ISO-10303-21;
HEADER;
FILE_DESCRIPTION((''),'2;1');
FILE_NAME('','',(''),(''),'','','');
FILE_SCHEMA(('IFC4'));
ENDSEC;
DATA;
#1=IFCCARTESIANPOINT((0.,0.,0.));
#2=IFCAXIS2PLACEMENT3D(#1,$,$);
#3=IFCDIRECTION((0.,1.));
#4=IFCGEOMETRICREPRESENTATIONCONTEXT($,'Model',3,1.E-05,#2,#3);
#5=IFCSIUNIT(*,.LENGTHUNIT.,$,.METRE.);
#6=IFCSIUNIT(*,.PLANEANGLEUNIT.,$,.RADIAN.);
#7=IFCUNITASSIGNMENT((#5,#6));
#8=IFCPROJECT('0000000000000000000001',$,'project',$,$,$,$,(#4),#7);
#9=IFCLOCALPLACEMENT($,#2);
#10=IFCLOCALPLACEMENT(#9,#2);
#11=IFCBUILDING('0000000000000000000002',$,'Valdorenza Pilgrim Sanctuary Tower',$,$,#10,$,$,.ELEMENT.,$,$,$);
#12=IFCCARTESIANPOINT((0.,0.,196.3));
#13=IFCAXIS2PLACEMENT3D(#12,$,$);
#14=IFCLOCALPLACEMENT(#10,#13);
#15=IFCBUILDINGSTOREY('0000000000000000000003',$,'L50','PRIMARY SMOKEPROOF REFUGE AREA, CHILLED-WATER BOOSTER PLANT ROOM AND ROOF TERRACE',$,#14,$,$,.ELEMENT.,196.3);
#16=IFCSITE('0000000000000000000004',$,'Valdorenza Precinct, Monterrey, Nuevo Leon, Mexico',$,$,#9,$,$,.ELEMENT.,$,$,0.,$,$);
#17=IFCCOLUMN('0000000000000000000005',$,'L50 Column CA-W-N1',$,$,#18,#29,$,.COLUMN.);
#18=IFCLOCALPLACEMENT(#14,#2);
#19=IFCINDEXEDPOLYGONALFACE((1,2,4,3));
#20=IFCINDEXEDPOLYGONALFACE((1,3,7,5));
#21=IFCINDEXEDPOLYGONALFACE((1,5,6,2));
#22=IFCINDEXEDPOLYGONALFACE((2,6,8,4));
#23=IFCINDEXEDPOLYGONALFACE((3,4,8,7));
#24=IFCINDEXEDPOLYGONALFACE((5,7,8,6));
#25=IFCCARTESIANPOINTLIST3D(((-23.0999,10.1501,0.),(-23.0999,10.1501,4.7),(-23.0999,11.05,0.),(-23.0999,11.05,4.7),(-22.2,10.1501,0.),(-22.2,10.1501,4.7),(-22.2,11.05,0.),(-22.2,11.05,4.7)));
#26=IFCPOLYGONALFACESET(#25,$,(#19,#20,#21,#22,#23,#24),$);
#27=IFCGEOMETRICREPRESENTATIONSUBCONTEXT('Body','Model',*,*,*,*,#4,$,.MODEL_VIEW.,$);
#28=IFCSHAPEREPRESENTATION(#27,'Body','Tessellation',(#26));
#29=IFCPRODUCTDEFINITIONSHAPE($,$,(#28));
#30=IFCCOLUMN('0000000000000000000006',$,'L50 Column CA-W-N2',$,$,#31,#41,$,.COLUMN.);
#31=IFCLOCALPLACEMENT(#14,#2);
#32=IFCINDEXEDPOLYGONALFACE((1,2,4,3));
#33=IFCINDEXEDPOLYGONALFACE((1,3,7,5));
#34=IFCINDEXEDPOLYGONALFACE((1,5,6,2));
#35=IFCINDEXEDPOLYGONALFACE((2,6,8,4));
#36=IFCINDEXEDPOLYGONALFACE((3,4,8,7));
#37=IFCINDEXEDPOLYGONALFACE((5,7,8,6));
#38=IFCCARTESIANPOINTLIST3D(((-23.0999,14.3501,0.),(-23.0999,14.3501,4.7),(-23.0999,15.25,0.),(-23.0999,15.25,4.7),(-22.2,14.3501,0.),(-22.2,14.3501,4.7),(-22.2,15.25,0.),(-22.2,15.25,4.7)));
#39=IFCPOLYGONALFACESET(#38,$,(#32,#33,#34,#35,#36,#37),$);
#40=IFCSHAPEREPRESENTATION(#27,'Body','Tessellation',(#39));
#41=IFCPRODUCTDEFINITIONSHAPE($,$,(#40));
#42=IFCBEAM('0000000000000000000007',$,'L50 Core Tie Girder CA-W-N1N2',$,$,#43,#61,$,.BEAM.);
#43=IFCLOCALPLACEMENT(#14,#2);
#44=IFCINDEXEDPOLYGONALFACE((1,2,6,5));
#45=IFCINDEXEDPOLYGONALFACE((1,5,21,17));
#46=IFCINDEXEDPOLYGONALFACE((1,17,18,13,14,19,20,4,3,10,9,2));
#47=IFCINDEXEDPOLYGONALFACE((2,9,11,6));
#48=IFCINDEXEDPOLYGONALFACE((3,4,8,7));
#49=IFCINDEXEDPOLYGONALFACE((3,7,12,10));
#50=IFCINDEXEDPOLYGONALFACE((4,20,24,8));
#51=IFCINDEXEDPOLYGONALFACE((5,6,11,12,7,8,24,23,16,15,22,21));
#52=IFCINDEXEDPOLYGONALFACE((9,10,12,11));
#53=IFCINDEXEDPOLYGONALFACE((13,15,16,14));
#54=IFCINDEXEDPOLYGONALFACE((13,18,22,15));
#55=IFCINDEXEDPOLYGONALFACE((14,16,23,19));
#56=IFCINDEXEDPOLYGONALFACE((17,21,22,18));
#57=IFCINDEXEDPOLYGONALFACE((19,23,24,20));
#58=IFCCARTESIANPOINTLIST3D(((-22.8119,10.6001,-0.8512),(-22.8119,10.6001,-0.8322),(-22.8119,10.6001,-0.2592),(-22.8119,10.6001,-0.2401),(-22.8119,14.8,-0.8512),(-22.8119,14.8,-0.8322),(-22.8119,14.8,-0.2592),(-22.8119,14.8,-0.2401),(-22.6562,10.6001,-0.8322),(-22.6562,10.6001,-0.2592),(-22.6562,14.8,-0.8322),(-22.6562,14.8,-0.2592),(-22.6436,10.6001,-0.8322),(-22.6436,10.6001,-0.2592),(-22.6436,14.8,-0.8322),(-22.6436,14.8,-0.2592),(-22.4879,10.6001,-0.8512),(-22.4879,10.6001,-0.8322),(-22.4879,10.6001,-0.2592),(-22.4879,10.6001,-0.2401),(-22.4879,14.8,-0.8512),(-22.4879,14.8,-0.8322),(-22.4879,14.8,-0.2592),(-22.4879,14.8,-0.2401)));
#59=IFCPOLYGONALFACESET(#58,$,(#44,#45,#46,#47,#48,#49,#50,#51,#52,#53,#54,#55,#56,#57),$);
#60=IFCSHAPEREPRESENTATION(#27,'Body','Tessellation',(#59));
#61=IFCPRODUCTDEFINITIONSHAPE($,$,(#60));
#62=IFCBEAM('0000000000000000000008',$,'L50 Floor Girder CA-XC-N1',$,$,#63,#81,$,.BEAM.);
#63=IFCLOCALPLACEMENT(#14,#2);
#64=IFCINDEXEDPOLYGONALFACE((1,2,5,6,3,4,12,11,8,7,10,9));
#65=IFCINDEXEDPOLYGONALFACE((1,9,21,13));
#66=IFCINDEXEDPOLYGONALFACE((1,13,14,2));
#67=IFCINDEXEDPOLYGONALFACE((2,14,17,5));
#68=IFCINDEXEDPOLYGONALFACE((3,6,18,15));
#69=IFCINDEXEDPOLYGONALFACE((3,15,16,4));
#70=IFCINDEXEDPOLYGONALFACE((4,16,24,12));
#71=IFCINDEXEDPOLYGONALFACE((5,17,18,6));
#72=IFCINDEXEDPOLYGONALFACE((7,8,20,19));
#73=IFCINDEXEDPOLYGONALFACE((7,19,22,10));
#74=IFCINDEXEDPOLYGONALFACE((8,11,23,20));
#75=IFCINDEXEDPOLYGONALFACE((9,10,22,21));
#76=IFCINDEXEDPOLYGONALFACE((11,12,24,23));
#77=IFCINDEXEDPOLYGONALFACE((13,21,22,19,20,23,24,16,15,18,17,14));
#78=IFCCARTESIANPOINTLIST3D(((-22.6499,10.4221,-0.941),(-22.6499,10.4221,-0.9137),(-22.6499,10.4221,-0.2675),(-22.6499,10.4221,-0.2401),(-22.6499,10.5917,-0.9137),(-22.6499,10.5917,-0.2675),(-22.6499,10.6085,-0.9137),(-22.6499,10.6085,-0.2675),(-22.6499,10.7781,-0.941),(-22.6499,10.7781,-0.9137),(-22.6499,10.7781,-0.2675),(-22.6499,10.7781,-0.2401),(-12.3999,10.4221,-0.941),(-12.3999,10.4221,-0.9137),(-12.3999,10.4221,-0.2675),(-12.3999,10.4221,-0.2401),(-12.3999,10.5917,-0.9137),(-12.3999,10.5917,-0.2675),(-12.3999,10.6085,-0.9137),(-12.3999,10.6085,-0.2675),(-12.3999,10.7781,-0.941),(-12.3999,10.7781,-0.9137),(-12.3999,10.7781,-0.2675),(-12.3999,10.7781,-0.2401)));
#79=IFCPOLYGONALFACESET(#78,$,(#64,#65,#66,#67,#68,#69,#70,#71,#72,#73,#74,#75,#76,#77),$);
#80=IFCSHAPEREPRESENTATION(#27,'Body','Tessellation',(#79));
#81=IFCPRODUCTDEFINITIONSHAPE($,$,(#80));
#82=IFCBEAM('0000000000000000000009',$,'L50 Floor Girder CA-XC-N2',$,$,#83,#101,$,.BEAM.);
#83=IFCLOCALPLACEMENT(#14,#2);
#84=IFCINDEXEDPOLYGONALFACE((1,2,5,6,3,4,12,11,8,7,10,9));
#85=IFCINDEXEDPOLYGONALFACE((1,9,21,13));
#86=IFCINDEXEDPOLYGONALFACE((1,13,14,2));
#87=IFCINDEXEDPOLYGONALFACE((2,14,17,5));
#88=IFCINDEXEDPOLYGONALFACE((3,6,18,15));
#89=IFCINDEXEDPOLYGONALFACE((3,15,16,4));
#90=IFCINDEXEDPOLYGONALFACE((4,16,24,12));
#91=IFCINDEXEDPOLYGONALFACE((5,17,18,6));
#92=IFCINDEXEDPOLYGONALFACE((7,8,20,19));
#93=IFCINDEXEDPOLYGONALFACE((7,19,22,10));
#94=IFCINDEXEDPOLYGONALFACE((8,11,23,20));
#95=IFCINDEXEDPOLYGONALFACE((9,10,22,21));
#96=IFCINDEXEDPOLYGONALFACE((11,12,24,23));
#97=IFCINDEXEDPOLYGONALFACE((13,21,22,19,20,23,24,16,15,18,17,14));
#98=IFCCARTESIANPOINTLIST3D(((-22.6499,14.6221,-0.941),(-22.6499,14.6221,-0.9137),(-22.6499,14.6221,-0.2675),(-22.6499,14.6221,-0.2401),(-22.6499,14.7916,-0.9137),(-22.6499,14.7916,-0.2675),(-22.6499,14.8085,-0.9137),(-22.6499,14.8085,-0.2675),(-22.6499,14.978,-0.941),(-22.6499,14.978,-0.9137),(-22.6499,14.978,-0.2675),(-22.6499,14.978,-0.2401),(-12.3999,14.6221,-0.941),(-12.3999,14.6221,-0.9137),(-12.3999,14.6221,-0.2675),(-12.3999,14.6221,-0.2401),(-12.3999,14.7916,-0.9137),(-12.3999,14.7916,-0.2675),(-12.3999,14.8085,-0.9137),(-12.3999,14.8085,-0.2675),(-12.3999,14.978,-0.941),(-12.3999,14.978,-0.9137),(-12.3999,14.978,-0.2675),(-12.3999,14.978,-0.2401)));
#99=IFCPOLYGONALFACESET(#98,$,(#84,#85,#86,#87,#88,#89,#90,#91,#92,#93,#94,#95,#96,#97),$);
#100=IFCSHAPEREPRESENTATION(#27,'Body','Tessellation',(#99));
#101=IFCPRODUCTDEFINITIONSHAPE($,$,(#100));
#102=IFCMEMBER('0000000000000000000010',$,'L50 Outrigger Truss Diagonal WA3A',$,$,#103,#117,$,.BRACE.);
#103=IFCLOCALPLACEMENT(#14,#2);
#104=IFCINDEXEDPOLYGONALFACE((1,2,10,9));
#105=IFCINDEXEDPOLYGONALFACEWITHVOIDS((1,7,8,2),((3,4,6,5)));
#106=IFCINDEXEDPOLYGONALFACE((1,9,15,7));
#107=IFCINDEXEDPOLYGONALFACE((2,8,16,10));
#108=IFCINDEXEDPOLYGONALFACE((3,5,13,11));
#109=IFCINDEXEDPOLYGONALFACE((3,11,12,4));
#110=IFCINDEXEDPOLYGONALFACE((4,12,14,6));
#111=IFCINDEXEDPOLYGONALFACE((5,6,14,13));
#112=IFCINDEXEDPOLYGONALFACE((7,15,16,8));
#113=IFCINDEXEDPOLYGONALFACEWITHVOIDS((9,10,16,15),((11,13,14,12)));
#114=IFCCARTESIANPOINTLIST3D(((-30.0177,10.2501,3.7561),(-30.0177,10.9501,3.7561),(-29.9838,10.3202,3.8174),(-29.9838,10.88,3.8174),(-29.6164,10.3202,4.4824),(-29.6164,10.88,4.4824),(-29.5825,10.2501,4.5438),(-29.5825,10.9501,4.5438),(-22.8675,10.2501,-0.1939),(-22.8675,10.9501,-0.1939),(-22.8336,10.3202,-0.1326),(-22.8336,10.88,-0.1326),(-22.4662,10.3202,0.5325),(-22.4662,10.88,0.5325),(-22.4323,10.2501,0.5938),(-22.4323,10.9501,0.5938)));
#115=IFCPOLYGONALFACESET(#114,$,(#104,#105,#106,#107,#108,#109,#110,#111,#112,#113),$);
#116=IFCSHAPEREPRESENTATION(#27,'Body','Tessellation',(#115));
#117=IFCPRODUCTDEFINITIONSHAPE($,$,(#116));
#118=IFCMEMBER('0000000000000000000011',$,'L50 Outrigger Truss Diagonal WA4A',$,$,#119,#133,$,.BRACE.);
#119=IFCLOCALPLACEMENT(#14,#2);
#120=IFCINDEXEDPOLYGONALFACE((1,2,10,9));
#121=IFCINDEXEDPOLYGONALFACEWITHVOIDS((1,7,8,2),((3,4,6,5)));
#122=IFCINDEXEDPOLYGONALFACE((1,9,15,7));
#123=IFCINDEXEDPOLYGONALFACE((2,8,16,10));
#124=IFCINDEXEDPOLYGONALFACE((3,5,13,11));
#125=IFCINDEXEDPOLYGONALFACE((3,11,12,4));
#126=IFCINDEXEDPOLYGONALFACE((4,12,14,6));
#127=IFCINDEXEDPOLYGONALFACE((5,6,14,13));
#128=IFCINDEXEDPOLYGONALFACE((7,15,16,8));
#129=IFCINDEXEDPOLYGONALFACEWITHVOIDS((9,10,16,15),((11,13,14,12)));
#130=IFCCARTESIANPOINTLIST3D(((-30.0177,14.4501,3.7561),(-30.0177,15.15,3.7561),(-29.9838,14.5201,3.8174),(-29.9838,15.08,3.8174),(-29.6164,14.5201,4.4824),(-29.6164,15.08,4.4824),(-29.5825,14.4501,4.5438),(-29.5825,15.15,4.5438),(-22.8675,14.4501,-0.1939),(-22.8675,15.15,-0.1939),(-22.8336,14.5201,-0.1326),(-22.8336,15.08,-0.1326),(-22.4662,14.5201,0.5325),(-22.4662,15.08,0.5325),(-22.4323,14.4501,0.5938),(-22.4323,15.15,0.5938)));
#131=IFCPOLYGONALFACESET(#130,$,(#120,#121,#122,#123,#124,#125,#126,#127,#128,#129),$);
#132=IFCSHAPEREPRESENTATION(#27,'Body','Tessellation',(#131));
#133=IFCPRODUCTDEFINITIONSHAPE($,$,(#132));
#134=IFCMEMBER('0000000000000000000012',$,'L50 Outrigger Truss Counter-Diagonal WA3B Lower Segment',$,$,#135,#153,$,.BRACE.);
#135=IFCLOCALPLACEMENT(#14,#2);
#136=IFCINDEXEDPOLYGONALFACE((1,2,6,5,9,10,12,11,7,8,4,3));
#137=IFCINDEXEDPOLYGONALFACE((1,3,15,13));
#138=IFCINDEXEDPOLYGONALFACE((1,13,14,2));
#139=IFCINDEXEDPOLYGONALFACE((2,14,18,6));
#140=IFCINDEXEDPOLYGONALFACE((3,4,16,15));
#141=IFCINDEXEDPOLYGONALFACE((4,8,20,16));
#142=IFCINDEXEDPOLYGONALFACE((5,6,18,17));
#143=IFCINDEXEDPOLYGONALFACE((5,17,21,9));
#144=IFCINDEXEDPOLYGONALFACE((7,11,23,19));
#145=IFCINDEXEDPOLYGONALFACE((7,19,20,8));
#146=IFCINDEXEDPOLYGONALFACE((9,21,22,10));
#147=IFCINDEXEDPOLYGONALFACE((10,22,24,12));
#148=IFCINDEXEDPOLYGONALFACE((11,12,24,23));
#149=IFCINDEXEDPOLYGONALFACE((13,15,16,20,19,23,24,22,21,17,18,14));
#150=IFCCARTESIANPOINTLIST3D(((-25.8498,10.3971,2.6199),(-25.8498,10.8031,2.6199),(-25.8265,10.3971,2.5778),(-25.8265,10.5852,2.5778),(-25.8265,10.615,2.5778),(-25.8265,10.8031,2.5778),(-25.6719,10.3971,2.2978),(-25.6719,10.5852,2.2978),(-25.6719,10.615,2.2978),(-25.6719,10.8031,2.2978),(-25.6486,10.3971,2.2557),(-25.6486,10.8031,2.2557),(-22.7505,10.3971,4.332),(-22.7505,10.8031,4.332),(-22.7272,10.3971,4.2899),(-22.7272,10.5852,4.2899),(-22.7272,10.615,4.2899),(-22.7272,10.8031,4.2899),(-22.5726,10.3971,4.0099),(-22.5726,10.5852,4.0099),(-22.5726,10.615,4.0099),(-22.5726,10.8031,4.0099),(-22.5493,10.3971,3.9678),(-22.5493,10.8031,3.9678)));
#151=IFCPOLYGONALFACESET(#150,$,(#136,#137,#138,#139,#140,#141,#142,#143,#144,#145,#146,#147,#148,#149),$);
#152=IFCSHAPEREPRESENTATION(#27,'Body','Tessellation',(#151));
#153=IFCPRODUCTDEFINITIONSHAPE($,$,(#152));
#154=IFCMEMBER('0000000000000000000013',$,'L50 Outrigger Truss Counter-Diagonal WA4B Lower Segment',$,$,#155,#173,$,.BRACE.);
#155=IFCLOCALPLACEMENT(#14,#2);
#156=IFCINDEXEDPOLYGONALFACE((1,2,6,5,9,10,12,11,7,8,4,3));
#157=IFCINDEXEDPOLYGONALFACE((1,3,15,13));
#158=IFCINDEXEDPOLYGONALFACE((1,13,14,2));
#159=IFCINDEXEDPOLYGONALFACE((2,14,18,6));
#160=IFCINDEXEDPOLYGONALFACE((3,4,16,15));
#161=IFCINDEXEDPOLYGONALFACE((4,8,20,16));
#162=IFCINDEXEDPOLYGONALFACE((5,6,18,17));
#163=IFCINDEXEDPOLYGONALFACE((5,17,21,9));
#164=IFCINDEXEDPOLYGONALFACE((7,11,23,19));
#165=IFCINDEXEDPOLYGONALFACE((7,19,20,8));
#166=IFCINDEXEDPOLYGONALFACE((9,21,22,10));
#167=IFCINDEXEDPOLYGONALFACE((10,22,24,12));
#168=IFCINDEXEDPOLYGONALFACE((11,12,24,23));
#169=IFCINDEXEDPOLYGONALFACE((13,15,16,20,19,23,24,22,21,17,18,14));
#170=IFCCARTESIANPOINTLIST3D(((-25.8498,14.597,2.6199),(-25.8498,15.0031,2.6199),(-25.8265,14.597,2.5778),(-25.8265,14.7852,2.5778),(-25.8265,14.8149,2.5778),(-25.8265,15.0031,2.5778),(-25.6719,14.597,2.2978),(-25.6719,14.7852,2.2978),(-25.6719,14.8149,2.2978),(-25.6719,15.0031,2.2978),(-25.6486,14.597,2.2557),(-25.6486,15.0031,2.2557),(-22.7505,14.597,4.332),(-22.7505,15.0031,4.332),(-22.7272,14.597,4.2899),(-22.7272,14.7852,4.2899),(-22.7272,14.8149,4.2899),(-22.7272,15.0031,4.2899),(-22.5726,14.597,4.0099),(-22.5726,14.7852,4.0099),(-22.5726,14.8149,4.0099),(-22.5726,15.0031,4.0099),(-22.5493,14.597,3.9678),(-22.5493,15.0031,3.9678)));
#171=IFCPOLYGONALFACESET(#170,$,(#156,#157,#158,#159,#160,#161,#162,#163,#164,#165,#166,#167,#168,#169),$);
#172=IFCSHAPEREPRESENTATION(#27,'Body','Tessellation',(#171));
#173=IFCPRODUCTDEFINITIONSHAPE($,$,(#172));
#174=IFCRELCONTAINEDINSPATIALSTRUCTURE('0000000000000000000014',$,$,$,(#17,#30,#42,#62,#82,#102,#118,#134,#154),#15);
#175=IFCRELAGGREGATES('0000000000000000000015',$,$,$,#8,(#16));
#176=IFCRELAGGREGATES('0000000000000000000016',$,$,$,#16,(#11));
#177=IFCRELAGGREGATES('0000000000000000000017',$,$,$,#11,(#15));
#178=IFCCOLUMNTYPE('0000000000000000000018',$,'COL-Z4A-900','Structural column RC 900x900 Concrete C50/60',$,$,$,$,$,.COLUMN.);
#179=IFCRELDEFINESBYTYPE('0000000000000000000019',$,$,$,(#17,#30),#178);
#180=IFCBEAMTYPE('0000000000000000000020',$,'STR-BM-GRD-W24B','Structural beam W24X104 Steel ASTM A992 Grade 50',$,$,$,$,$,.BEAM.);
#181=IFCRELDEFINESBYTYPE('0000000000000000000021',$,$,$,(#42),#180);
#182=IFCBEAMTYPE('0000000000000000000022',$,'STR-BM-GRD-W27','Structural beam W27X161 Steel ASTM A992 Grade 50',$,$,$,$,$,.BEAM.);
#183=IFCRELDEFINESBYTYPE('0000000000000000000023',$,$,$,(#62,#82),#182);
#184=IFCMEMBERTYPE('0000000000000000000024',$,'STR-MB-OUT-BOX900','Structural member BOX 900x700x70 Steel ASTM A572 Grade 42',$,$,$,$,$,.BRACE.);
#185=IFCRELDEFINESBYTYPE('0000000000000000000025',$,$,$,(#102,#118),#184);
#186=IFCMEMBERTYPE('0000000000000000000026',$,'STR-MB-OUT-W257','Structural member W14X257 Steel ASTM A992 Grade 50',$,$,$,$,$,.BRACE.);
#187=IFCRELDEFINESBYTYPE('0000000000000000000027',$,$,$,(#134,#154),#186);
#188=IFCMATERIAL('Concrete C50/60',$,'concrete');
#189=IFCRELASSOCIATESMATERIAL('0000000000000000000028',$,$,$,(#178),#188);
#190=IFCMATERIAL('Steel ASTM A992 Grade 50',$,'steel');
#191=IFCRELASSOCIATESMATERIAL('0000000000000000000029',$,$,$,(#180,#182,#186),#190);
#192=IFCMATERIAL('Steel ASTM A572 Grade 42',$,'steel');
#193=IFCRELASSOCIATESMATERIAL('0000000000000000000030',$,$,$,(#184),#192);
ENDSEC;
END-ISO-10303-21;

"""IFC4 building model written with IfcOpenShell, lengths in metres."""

from ifc_helpers import new_model, si_unit, direction, frame, origin, origin_2d, place, context, subcontext, project, spatial, rectangle, hollow_rectangle, i_section, extrude, source, transform, mapped, material, material_profile, profile_set, type_object, element, save


model = new_model("IFC4")

# Units and contexts
model_context = context("Model", 3, precision=1e-05, world=origin(), true_north=direction((0.0, 1.0)))
body_context = subcontext(model_context, "Body", "Model", "MODEL_VIEW")
ifc_project = project(units=[si_unit("LENGTHUNIT", "METRE"), si_unit("PLANEANGLEUNIT", "RADIAN")], contexts=[model_context])

# Site, building, storey
site_placement = place(None, origin())
site = spatial("IfcSite", under=ifc_project, at=site_placement, Name="Valdorenza Precinct, Monterrey, Nuevo Leon, Mexico", CompositionType="ELEMENT", RefElevation=0.0)
building_placement = place(site_placement, origin())
building = spatial("IfcBuilding", under=site, at=building_placement, Name="Valdorenza Pilgrim Sanctuary Tower", CompositionType="ELEMENT")
storey_placement = place(building_placement, frame((0.0, 0.0, 196.3)))
storey = spatial("IfcBuildingStorey", under=building, at=storey_placement, Name="L50", Description="PRIMARY SMOKEPROOF REFUGE AREA, CHILLED-WATER BOOSTER PLANT ROOM AND ROOF TERRACE", CompositionType="ELEMENT", Elevation=196.3)

# Columns
ifc_material_1 = material(Name="Concrete C50/60", Category="concrete")
ifc_material_profile_1 = material_profile(ifc_material_1, rectangle(XDim=0.8999, YDim=0.8999, at=origin_2d()), Name="RC 900x900")
ifc_profile_set_1 = profile_set([ifc_material_profile_1], Name="Concrete C50/60")
column_type = type_object("IfcColumnType", Name="COL-Z4A-900", Description="Structural column RC 900x900 Concrete C50/60", PredefinedType="COLUMN", material=ifc_profile_set_1)
shared_shape_1 = source(origin(), body_context, "Body", "SweptSolid", [
    extrude(rectangle(XDim=0.8999, YDim=0.8999, at=origin_2d()), origin(), (0.0, 0.0, 1.0), 4.7),
])
for number, where, z_axis, x_axis, name in (
    (1, (-22.6499, 10.6001, 0.0), (0.0, 0.0, 1.0), (1.0, 0.0, 0.0), "L50 Column CA-W-N1"),
    (2, (-22.6499, 14.8, 0.0), (0.0, 0.0, 1.0), (1.0, 0.0, 0.0), "L50 Column CA-W-N2"),
):
    element("IfcColumn", number, at=place(storey_placement, frame(where, z_axis=z_axis, x_axis=x_axis)), inside=storey, type_object=column_type, Name=name, PredefinedType="COLUMN", context=body_context, shape_type="MappedRepresentation", body=[
        mapped(shared_shape_1, transform((0.0, 0.0, 0.0), x_axis=(1.0, 0.0, 0.0), y_axis=(0.0, 1.0, 0.0), z_axis=(0.0, 0.0, 1.0), scale=1.0)),
    ])

# Beams
ifc_material_2 = material(Name="Steel ASTM A992 Grade 50", Category="steel")
ifc_material_profile_2 = material_profile(ifc_material_2, i_section(OverallWidth=0.324, OverallDepth=0.6111, WebThickness=0.0127, FlangeThickness=0.019, at=origin_2d()), Name="W24X104")
ifc_profile_set_2 = profile_set([ifc_material_profile_2], Name="Steel ASTM A992 Grade 50")
beam_type_1 = type_object("IfcBeamType", Name="STR-BM-GRD-W24B", Description="Structural beam W24X104 Steel ASTM A992 Grade 50", PredefinedType="BEAM", material=ifc_profile_set_2)
shared_shape_2 = source(origin(), body_context, "Body", "SweptSolid", [
    extrude(i_section(OverallWidth=0.324, OverallDepth=0.6111, WebThickness=0.0127, FlangeThickness=0.019, at=origin_2d()), origin(), (0.0, 0.0, 1.0), 4.2),
])
beam_placement = place(storey_placement, frame((-22.6499, 10.6001, -0.5457), z_axis=(0.0, 1.0, 0.0), x_axis=(-1.0, 0.0, 0.0)))
element("IfcBeam", 3, at=beam_placement, inside=storey, type_object=beam_type_1, Name="L50 Core Tie Girder CA-W-N1N2", PredefinedType="BEAM", context=body_context, shape_type="MappedRepresentation", body=[
    mapped(shared_shape_2, transform((0.0, 0.0, 0.0), x_axis=(1.0, 0.0, 0.0), y_axis=(0.0, 1.0, 0.0), z_axis=(0.0, 0.0, 1.0), scale=1.0)),
])
ifc_material_profile_3 = material_profile(ifc_material_2, i_section(OverallWidth=0.356, OverallDepth=0.7009, WebThickness=0.0168, FlangeThickness=0.0273, at=origin_2d()), Name="W27X161")
ifc_profile_set_3 = profile_set([ifc_material_profile_3], Name="Steel ASTM A992 Grade 50")
beam_type_2 = type_object("IfcBeamType", Name="STR-BM-GRD-W27", Description="Structural beam W27X161 Steel ASTM A992 Grade 50", PredefinedType="BEAM", material=ifc_profile_set_3)
shared_shape_3 = source(origin(), body_context, "Body", "SweptSolid", [
    extrude(i_section(OverallWidth=0.356, OverallDepth=0.7009, WebThickness=0.0168, FlangeThickness=0.0273, at=origin_2d()), origin(), (0.0, 0.0, 1.0), 10.25),
])
for number, where, z_axis, x_axis, name in (
    (4, (-22.6499, 10.6001, -0.5906), (1.0, 0.0, 0.0), (0.0, 1.0, 0.0), "L50 Floor Girder CA-XC-N1"),
    (5, (-22.6499, 14.8, -0.5906), (1.0, 0.0, 0.0), (0.0, 1.0, 0.0), "L50 Floor Girder CA-XC-N2"),
):
    element("IfcBeam", number, at=place(storey_placement, frame(where, z_axis=z_axis, x_axis=x_axis)), inside=storey, type_object=beam_type_2, Name=name, PredefinedType="BEAM", context=body_context, shape_type="MappedRepresentation", body=[
        mapped(shared_shape_3, transform((0.0, 0.0, 0.0), x_axis=(1.0, 0.0, 0.0), y_axis=(0.0, 1.0, 0.0), z_axis=(0.0, 0.0, 1.0), scale=1.0)),
    ])

# Members
ifc_material_3 = material(Name="Steel ASTM A572 Grade 42", Category="steel")
ifc_material_profile_4 = material_profile(ifc_material_3, hollow_rectangle(XDim=0.7, YDim=0.8999, WallThickness=0.0701, at=origin_2d()), Name="BOX 900x700x70")
ifc_profile_set_4 = profile_set([ifc_material_profile_4], Name="Steel ASTM A572 Grade 42")
member_type_1 = type_object("IfcMemberType", Name="STR-MB-OUT-BOX900", Description="Structural member BOX 900x700x70 Steel ASTM A572 Grade 42", PredefinedType="BRACE", material=ifc_profile_set_4)
shared_shape_4 = source(origin(), body_context, "Body", "SweptSolid", [
    extrude(hollow_rectangle(XDim=0.7, YDim=0.8999, WallThickness=0.0701, at=origin_2d()), origin(), (0.0, 0.0, 1.0), 8.1687),
])
for number, where, z_axis, x_axis, name in (
    (6, (-22.6499, 10.6001, 0.2), (-0.875316, 0.0, 0.483551), (0.0, -1.0, 0.0), "L50 Outrigger Truss Diagonal WA3A"),
    (7, (-22.6499, 14.8, 0.2), (-0.875316, 0.0, 0.483551), (0.0, -1.0, 0.0), "L50 Outrigger Truss Diagonal WA4A"),
):
    element("IfcMember", number, at=place(storey_placement, frame(where, z_axis=z_axis, x_axis=x_axis)), inside=storey, type_object=member_type_1, Name=name, PredefinedType="BRACE", context=body_context, shape_type="MappedRepresentation", body=[
        mapped(shared_shape_4, transform((0.0, 0.0, 0.0), x_axis=(1.0, 0.0, 0.0), y_axis=(0.0, 1.0, 0.0), z_axis=(0.0, 0.0, 1.0), scale=1.0)),
    ])
ifc_material_profile_5 = material_profile(ifc_material_2, i_section(OverallWidth=0.406, OverallDepth=0.416, WebThickness=0.0298, FlangeThickness=0.0481, at=origin_2d()), Name="W14X257")
ifc_profile_set_5 = profile_set([ifc_material_profile_5], Name="Steel ASTM A992 Grade 50")
member_type_2 = type_object("IfcMemberType", Name="STR-MB-OUT-W257", Description="Structural member W14X257 Steel ASTM A992 Grade 50", PredefinedType="BRACE", material=ifc_profile_set_5)
shared_shape_5 = source(origin(), body_context, "Body", "SweptSolid", [
    extrude(i_section(OverallWidth=0.406, OverallDepth=0.416, WebThickness=0.0298, FlangeThickness=0.0481, at=origin_2d()), origin(), (0.0, 0.0, 1.0), 3.5408),
])
for number, where, z_axis, x_axis, name in (
    (8, (-22.6499, 10.6001, 4.1499), (-0.875319, 0.0, -0.483546), (0.0, -1.0, 0.0), "L50 Outrigger Truss Counter-Diagonal WA3B Lower Segment"),
    (9, (-22.6499, 14.8, 4.1499), (-0.875319, 0.0, -0.483546), (0.0, -1.0, 0.0), "L50 Outrigger Truss Counter-Diagonal WA4B Lower Segment"),
):
    element("IfcMember", number, at=place(storey_placement, frame(where, z_axis=z_axis, x_axis=x_axis)), inside=storey, type_object=member_type_2, Name=name, PredefinedType="BRACE", context=body_context, shape_type="MappedRepresentation", body=[
        mapped(shared_shape_5, transform((0.0, 0.0, 0.0), x_axis=(1.0, 0.0, 0.0), y_axis=(0.0, 1.0, 0.0), z_axis=(0.0, 0.0, 1.0), scale=1.0)),
    ])

save(model, "model.ifc")
